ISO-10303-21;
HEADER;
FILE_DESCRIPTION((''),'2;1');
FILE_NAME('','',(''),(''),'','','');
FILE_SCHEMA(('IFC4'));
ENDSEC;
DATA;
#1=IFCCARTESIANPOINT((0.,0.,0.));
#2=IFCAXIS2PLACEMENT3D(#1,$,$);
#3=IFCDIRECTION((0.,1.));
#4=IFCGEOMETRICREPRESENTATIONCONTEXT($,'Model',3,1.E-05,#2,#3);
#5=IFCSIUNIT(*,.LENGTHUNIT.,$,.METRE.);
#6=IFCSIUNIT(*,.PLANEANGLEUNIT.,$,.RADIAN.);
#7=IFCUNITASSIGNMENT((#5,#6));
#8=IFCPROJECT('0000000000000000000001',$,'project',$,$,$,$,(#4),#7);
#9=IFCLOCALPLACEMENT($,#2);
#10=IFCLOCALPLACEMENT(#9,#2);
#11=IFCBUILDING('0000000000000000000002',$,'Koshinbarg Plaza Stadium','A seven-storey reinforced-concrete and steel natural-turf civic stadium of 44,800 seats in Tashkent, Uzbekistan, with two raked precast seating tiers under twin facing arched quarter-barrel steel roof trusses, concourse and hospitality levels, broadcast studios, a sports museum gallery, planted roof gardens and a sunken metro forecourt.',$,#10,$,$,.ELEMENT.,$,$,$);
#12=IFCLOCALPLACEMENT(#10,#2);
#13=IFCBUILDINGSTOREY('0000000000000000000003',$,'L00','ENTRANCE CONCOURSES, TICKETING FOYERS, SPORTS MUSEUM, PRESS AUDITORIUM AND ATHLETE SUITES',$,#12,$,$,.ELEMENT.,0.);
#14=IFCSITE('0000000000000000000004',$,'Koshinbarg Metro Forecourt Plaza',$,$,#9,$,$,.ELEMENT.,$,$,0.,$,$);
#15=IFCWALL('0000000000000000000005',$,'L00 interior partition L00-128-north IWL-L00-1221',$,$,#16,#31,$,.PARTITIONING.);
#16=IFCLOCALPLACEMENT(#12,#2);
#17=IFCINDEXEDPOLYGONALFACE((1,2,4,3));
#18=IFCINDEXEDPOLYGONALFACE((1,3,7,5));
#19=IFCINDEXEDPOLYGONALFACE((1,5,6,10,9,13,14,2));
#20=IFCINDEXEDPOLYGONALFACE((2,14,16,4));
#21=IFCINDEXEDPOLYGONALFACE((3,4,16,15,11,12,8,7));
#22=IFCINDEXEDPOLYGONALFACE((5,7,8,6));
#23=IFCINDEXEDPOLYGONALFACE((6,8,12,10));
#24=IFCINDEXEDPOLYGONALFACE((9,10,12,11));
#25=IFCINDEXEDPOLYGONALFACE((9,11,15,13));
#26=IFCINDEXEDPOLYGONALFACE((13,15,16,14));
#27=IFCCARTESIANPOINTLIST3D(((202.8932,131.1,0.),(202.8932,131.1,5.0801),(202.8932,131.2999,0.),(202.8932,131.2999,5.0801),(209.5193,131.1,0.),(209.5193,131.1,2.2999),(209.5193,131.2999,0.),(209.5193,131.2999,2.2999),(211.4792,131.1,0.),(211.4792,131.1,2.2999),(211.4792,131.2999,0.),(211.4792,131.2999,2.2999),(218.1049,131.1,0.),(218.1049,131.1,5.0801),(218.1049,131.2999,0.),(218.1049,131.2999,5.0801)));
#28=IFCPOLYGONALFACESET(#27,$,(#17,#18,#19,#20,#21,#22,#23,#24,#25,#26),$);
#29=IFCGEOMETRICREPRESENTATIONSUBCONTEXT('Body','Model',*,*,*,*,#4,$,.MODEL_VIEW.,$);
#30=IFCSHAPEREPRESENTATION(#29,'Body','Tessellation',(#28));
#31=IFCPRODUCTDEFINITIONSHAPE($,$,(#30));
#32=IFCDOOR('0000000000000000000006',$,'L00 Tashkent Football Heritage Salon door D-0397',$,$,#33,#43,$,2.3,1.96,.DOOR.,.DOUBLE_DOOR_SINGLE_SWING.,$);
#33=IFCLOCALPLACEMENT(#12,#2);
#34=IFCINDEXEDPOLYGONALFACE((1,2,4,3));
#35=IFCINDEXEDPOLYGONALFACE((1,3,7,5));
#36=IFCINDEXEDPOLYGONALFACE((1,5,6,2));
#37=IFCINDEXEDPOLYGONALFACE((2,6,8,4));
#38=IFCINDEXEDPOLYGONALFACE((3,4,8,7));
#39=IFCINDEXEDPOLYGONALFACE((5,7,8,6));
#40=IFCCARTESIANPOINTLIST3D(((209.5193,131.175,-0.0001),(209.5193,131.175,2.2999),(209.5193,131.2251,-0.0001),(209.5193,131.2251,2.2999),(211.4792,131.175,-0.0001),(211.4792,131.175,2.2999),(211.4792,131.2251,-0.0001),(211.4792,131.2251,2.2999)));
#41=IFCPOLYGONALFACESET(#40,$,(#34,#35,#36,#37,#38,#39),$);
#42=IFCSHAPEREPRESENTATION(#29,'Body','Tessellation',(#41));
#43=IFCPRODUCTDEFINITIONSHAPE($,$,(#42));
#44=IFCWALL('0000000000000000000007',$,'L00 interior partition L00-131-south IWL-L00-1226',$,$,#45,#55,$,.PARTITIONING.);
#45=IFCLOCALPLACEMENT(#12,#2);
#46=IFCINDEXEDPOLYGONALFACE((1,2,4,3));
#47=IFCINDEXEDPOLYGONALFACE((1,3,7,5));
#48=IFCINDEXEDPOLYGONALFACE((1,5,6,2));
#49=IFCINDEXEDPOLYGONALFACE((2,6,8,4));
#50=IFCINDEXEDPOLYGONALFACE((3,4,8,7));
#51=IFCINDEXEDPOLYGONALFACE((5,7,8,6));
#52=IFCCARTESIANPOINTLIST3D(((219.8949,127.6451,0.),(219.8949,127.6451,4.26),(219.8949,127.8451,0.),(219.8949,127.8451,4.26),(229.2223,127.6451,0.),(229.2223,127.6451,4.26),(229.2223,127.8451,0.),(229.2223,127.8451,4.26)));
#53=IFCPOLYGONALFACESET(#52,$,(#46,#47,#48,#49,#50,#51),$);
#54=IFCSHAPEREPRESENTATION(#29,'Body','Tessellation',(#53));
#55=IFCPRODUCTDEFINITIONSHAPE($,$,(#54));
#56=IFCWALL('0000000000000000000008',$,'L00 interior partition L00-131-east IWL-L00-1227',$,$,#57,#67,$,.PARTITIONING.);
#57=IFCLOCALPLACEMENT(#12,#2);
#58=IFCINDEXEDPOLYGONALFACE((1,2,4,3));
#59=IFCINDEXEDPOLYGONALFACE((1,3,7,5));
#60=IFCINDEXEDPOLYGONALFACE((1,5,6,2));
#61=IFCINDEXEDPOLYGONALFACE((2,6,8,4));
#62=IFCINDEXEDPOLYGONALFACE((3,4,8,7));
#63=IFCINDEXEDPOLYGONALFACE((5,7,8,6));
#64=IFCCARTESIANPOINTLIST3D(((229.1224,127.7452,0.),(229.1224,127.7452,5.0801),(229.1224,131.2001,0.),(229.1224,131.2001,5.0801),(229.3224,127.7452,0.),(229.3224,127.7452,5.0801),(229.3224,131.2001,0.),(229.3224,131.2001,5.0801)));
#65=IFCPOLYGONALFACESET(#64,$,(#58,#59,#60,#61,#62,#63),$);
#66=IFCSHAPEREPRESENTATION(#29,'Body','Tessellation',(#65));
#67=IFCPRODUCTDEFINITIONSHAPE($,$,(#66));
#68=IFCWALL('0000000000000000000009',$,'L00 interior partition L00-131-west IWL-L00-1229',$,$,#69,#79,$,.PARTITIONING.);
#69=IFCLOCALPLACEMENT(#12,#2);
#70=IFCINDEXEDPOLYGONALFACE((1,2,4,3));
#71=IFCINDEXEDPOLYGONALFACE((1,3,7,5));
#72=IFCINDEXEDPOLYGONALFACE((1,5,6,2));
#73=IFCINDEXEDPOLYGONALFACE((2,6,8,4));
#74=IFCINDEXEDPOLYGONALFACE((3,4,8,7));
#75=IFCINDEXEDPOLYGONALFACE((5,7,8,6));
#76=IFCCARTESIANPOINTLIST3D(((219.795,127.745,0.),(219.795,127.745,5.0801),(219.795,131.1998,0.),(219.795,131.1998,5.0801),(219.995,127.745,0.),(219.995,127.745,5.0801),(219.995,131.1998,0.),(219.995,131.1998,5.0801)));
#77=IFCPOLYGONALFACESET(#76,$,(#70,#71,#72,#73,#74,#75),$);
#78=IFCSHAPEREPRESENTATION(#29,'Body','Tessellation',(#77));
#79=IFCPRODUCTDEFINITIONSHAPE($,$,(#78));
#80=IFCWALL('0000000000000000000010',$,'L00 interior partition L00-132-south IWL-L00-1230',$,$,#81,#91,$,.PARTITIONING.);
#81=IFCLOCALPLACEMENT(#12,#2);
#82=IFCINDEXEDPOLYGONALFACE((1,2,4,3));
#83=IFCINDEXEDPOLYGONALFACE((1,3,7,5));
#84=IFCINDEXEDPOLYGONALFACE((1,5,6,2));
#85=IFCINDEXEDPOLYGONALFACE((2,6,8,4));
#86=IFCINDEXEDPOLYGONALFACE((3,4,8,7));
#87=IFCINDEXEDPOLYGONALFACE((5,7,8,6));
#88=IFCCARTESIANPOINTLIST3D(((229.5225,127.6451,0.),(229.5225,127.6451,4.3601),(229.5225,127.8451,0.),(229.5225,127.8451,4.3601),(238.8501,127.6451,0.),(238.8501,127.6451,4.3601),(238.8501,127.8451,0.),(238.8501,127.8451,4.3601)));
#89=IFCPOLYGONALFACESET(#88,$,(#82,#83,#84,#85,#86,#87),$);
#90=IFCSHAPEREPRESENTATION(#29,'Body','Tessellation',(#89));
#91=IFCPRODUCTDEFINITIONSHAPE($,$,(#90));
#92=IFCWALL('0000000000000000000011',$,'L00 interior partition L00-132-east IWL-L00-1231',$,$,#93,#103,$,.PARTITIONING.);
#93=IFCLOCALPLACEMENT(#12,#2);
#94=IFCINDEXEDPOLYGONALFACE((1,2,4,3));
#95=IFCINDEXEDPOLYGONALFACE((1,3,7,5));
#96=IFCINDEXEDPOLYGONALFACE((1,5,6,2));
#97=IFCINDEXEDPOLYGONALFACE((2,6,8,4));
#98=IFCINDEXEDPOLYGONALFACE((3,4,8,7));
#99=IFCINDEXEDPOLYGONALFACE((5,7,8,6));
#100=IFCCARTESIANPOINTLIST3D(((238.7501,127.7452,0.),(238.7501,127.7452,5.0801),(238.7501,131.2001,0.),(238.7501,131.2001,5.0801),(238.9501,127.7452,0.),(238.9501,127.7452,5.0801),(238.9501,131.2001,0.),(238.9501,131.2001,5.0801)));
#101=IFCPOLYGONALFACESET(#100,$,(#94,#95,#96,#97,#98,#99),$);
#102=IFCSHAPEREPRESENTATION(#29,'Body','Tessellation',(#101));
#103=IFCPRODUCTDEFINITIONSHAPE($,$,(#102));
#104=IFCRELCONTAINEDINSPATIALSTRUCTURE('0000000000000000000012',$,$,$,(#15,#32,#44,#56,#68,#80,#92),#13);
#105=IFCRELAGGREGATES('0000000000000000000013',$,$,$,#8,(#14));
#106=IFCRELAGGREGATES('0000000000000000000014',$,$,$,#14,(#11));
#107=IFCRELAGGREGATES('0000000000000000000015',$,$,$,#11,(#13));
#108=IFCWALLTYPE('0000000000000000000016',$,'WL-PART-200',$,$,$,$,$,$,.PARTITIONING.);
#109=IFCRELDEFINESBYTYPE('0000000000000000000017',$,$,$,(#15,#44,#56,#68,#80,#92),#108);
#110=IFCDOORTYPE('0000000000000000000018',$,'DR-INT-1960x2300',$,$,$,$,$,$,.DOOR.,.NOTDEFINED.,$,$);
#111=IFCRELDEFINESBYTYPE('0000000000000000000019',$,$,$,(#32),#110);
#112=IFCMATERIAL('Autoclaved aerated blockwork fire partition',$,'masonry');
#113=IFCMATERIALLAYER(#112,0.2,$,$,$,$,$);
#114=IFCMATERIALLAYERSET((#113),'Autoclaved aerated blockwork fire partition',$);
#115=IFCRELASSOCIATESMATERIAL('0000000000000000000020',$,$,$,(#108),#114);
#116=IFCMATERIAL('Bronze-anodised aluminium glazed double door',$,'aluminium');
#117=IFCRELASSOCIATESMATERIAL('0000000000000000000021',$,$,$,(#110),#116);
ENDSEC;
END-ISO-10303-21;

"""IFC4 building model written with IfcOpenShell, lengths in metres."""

from ifc_helpers import new_model, si_unit, direction, frame, frame_2d, origin, place, context, subcontext, project, spatial, rectangle, extrude, material, layer, layer_set, type_object, element, fill, save


model = new_model("IFC4")

# Units and contexts
model_context = context("Model", 3, precision=1e-05, world=origin(), true_north=direction((0.0, 1.0)))
body_context = subcontext(model_context, "Body", "Model", "MODEL_VIEW")
ifc_project = project(units=[si_unit("LENGTHUNIT", "METRE"), si_unit("PLANEANGLEUNIT", "RADIAN")], contexts=[model_context])

# Site, building, storey
site_placement = place(None, origin())
site = spatial("IfcSite", under=ifc_project, at=site_placement, Name="Koshinbarg Metro Forecourt Plaza", CompositionType="ELEMENT", RefElevation=0.0)
building_placement = place(site_placement, origin())
building = spatial("IfcBuilding", under=site, at=building_placement, Name="Koshinbarg Plaza Stadium", Description="A seven-storey reinforced-concrete and steel natural-turf civic stadium of 44,800 seats in Tashkent, Uzbekistan, with two raked precast seating tiers under twin facing arched quarter-barrel steel roof trusses, concourse and hospitality levels, broadcast studios, a sports museum gallery, planted roof gardens and a sunken metro forecourt.", CompositionType="ELEMENT")
storey_placement = place(building_placement, origin())
storey = spatial("IfcBuildingStorey", under=building, at=storey_placement, Name="L00", Description="ENTRANCE CONCOURSES, TICKETING FOYERS, SPORTS MUSEUM, PRESS AUDITORIUM AND ATHLETE SUITES", CompositionType="ELEMENT", Elevation=0.0)

# Wall, opening, door
ifc_material_1 = material(Name="Autoclaved aerated blockwork fire partition", Category="masonry")
ifc_layer_1 = layer(ifc_material_1, 0.2)
ifc_layer_set_1 = layer_set([ifc_layer_1], Name="Autoclaved aerated blockwork fire partition")
wall_type_1 = type_object("IfcWallType", Name="WL-PART-200", PredefinedType="PARTITIONING", material=ifc_layer_set_1)
wall_1_placement = place(storey_placement, frame((218.105, 131.2, 0.0), z_axis=(0.0, 0.0, 1.0), x_axis=(-1.0, 0.0, 0.0)))
wall_1 = element("IfcWall", 1, at=wall_1_placement, inside=storey, type_object=wall_type_1, Name="L00 interior partition L00-128-north IWL-L00-1221", PredefinedType="PARTITIONING", context=body_context, shape_type="SweptSolid", body=[
    extrude(rectangle(XDim=15.2117, YDim=0.2, at=frame_2d((7.606, 0.0))), origin(), (0.0, 0.0, 1.0), 5.0801),
])
opening_1_placement = place(wall_1_placement, frame((6.6257, 0.0, 0.0)))
opening_1 = element("IfcOpeningElement", 2, at=opening_1_placement, cuts=wall_1, PredefinedType="OPENING", context=body_context, shape_type="SweptSolid", body=[
    extrude(rectangle(XDim=1.96, YDim=2.3, at=frame_2d((0.98, 1.1499))), frame((0.0, 0.1099, 0.0), z_axis=(0.0, -1.0, 0.0), x_axis=(1.0, 0.0, 0.0)), (0.0, 0.0, 1.0), 0.22),
])
ifc_material_2 = material(Name="Bronze-anodised aluminium glazed double door", Category="aluminium")
door_type_1 = type_object("IfcDoorType", Name="DR-INT-1960x2300", OperationType="NOTDEFINED", PredefinedType="DOOR", material=ifc_material_2)
door_1_placement = place(opening_1_placement, origin())
door_1 = element("IfcDoor", 3, at=door_1_placement, inside=storey, type_object=door_type_1, Name="L00 Tashkent Football Heritage Salon door D-0397", OperationType="DOUBLE_DOOR_SINGLE_SWING", OverallHeight=2.3, OverallWidth=1.96, PredefinedType="DOOR", context=body_context, shape_type="SweptSolid", body=[
    extrude(rectangle(XDim=1.96, YDim=2.3, at=frame_2d((0.98, 1.1499))), frame((0.0, 0.0249, 0.0), z_axis=(0.0, -1.0, 0.0), x_axis=(1.0, 0.0, 0.0)), (0.0, 0.0, 1.0), 0.05),
])
fill(opening_1, door_1)

# Walls
wall_2_placement = place(storey_placement, frame((219.895, 127.7451, 0.0), z_axis=(0.0, 0.0, 1.0), x_axis=(1.0, 0.0, 0.0)))
element("IfcWall", 4, at=wall_2_placement, inside=storey, type_object=wall_type_1, Name="L00 interior partition L00-131-south IWL-L00-1226", PredefinedType="PARTITIONING", context=body_context, shape_type="SweptSolid", body=[
    extrude(rectangle(XDim=9.3274, YDim=0.2, at=frame_2d((4.6636, 0.0))), origin(), (0.0, 0.0, 1.0), 4.26),
])
for number, where, z_axis, x_axis, name in (
    (5, (229.2224, 127.7451, 0.0), (0.0, 0.0, 1.0), (0.0, 1.0, 0.0), "L00 interior partition L00-131-east IWL-L00-1227"),
    (6, (219.895, 131.2, 0.0), (0.0, 0.0, 1.0), (0.0, -1.0, 0.0), "L00 interior partition L00-131-west IWL-L00-1229"),
):
    element("IfcWall", number, at=place(storey_placement, frame(where, z_axis=z_axis, x_axis=x_axis)), inside=storey, type_object=wall_type_1, Name=name, PredefinedType="PARTITIONING", context=body_context, shape_type="SweptSolid", body=[
        extrude(rectangle(XDim=3.4548, YDim=0.2, at=frame_2d((1.7275, 0.0))), origin(), (0.0, 0.0, 1.0), 5.0801),
    ])
wall_3_placement = place(storey_placement, frame((229.5225, 127.7451, 0.0), z_axis=(0.0, 0.0, 1.0), x_axis=(1.0, 0.0, 0.0)))
element("IfcWall", 7, at=wall_3_placement, inside=storey, type_object=wall_type_1, Name="L00 interior partition L00-132-south IWL-L00-1230", PredefinedType="PARTITIONING", context=body_context, shape_type="SweptSolid", body=[
    extrude(rectangle(XDim=9.3276, YDim=0.2, at=frame_2d((4.6638, 0.0))), origin(), (0.0, 0.0, 1.0), 4.3601),
])
wall_4_placement = place(storey_placement, frame((238.8501, 127.7451, 0.0), z_axis=(0.0, 0.0, 1.0), x_axis=(0.0, 1.0, 0.0)))
element("IfcWall", 8, at=wall_4_placement, inside=storey, type_object=wall_type_1, Name="L00 interior partition L00-132-east IWL-L00-1231", PredefinedType="PARTITIONING", context=body_context, shape_type="SweptSolid", body=[
    extrude(rectangle(XDim=3.4548, YDim=0.2, at=frame_2d((1.7275, 0.0))), origin(), (0.0, 0.0, 1.0), 5.0801),
])

save(model, "model.ifc")
